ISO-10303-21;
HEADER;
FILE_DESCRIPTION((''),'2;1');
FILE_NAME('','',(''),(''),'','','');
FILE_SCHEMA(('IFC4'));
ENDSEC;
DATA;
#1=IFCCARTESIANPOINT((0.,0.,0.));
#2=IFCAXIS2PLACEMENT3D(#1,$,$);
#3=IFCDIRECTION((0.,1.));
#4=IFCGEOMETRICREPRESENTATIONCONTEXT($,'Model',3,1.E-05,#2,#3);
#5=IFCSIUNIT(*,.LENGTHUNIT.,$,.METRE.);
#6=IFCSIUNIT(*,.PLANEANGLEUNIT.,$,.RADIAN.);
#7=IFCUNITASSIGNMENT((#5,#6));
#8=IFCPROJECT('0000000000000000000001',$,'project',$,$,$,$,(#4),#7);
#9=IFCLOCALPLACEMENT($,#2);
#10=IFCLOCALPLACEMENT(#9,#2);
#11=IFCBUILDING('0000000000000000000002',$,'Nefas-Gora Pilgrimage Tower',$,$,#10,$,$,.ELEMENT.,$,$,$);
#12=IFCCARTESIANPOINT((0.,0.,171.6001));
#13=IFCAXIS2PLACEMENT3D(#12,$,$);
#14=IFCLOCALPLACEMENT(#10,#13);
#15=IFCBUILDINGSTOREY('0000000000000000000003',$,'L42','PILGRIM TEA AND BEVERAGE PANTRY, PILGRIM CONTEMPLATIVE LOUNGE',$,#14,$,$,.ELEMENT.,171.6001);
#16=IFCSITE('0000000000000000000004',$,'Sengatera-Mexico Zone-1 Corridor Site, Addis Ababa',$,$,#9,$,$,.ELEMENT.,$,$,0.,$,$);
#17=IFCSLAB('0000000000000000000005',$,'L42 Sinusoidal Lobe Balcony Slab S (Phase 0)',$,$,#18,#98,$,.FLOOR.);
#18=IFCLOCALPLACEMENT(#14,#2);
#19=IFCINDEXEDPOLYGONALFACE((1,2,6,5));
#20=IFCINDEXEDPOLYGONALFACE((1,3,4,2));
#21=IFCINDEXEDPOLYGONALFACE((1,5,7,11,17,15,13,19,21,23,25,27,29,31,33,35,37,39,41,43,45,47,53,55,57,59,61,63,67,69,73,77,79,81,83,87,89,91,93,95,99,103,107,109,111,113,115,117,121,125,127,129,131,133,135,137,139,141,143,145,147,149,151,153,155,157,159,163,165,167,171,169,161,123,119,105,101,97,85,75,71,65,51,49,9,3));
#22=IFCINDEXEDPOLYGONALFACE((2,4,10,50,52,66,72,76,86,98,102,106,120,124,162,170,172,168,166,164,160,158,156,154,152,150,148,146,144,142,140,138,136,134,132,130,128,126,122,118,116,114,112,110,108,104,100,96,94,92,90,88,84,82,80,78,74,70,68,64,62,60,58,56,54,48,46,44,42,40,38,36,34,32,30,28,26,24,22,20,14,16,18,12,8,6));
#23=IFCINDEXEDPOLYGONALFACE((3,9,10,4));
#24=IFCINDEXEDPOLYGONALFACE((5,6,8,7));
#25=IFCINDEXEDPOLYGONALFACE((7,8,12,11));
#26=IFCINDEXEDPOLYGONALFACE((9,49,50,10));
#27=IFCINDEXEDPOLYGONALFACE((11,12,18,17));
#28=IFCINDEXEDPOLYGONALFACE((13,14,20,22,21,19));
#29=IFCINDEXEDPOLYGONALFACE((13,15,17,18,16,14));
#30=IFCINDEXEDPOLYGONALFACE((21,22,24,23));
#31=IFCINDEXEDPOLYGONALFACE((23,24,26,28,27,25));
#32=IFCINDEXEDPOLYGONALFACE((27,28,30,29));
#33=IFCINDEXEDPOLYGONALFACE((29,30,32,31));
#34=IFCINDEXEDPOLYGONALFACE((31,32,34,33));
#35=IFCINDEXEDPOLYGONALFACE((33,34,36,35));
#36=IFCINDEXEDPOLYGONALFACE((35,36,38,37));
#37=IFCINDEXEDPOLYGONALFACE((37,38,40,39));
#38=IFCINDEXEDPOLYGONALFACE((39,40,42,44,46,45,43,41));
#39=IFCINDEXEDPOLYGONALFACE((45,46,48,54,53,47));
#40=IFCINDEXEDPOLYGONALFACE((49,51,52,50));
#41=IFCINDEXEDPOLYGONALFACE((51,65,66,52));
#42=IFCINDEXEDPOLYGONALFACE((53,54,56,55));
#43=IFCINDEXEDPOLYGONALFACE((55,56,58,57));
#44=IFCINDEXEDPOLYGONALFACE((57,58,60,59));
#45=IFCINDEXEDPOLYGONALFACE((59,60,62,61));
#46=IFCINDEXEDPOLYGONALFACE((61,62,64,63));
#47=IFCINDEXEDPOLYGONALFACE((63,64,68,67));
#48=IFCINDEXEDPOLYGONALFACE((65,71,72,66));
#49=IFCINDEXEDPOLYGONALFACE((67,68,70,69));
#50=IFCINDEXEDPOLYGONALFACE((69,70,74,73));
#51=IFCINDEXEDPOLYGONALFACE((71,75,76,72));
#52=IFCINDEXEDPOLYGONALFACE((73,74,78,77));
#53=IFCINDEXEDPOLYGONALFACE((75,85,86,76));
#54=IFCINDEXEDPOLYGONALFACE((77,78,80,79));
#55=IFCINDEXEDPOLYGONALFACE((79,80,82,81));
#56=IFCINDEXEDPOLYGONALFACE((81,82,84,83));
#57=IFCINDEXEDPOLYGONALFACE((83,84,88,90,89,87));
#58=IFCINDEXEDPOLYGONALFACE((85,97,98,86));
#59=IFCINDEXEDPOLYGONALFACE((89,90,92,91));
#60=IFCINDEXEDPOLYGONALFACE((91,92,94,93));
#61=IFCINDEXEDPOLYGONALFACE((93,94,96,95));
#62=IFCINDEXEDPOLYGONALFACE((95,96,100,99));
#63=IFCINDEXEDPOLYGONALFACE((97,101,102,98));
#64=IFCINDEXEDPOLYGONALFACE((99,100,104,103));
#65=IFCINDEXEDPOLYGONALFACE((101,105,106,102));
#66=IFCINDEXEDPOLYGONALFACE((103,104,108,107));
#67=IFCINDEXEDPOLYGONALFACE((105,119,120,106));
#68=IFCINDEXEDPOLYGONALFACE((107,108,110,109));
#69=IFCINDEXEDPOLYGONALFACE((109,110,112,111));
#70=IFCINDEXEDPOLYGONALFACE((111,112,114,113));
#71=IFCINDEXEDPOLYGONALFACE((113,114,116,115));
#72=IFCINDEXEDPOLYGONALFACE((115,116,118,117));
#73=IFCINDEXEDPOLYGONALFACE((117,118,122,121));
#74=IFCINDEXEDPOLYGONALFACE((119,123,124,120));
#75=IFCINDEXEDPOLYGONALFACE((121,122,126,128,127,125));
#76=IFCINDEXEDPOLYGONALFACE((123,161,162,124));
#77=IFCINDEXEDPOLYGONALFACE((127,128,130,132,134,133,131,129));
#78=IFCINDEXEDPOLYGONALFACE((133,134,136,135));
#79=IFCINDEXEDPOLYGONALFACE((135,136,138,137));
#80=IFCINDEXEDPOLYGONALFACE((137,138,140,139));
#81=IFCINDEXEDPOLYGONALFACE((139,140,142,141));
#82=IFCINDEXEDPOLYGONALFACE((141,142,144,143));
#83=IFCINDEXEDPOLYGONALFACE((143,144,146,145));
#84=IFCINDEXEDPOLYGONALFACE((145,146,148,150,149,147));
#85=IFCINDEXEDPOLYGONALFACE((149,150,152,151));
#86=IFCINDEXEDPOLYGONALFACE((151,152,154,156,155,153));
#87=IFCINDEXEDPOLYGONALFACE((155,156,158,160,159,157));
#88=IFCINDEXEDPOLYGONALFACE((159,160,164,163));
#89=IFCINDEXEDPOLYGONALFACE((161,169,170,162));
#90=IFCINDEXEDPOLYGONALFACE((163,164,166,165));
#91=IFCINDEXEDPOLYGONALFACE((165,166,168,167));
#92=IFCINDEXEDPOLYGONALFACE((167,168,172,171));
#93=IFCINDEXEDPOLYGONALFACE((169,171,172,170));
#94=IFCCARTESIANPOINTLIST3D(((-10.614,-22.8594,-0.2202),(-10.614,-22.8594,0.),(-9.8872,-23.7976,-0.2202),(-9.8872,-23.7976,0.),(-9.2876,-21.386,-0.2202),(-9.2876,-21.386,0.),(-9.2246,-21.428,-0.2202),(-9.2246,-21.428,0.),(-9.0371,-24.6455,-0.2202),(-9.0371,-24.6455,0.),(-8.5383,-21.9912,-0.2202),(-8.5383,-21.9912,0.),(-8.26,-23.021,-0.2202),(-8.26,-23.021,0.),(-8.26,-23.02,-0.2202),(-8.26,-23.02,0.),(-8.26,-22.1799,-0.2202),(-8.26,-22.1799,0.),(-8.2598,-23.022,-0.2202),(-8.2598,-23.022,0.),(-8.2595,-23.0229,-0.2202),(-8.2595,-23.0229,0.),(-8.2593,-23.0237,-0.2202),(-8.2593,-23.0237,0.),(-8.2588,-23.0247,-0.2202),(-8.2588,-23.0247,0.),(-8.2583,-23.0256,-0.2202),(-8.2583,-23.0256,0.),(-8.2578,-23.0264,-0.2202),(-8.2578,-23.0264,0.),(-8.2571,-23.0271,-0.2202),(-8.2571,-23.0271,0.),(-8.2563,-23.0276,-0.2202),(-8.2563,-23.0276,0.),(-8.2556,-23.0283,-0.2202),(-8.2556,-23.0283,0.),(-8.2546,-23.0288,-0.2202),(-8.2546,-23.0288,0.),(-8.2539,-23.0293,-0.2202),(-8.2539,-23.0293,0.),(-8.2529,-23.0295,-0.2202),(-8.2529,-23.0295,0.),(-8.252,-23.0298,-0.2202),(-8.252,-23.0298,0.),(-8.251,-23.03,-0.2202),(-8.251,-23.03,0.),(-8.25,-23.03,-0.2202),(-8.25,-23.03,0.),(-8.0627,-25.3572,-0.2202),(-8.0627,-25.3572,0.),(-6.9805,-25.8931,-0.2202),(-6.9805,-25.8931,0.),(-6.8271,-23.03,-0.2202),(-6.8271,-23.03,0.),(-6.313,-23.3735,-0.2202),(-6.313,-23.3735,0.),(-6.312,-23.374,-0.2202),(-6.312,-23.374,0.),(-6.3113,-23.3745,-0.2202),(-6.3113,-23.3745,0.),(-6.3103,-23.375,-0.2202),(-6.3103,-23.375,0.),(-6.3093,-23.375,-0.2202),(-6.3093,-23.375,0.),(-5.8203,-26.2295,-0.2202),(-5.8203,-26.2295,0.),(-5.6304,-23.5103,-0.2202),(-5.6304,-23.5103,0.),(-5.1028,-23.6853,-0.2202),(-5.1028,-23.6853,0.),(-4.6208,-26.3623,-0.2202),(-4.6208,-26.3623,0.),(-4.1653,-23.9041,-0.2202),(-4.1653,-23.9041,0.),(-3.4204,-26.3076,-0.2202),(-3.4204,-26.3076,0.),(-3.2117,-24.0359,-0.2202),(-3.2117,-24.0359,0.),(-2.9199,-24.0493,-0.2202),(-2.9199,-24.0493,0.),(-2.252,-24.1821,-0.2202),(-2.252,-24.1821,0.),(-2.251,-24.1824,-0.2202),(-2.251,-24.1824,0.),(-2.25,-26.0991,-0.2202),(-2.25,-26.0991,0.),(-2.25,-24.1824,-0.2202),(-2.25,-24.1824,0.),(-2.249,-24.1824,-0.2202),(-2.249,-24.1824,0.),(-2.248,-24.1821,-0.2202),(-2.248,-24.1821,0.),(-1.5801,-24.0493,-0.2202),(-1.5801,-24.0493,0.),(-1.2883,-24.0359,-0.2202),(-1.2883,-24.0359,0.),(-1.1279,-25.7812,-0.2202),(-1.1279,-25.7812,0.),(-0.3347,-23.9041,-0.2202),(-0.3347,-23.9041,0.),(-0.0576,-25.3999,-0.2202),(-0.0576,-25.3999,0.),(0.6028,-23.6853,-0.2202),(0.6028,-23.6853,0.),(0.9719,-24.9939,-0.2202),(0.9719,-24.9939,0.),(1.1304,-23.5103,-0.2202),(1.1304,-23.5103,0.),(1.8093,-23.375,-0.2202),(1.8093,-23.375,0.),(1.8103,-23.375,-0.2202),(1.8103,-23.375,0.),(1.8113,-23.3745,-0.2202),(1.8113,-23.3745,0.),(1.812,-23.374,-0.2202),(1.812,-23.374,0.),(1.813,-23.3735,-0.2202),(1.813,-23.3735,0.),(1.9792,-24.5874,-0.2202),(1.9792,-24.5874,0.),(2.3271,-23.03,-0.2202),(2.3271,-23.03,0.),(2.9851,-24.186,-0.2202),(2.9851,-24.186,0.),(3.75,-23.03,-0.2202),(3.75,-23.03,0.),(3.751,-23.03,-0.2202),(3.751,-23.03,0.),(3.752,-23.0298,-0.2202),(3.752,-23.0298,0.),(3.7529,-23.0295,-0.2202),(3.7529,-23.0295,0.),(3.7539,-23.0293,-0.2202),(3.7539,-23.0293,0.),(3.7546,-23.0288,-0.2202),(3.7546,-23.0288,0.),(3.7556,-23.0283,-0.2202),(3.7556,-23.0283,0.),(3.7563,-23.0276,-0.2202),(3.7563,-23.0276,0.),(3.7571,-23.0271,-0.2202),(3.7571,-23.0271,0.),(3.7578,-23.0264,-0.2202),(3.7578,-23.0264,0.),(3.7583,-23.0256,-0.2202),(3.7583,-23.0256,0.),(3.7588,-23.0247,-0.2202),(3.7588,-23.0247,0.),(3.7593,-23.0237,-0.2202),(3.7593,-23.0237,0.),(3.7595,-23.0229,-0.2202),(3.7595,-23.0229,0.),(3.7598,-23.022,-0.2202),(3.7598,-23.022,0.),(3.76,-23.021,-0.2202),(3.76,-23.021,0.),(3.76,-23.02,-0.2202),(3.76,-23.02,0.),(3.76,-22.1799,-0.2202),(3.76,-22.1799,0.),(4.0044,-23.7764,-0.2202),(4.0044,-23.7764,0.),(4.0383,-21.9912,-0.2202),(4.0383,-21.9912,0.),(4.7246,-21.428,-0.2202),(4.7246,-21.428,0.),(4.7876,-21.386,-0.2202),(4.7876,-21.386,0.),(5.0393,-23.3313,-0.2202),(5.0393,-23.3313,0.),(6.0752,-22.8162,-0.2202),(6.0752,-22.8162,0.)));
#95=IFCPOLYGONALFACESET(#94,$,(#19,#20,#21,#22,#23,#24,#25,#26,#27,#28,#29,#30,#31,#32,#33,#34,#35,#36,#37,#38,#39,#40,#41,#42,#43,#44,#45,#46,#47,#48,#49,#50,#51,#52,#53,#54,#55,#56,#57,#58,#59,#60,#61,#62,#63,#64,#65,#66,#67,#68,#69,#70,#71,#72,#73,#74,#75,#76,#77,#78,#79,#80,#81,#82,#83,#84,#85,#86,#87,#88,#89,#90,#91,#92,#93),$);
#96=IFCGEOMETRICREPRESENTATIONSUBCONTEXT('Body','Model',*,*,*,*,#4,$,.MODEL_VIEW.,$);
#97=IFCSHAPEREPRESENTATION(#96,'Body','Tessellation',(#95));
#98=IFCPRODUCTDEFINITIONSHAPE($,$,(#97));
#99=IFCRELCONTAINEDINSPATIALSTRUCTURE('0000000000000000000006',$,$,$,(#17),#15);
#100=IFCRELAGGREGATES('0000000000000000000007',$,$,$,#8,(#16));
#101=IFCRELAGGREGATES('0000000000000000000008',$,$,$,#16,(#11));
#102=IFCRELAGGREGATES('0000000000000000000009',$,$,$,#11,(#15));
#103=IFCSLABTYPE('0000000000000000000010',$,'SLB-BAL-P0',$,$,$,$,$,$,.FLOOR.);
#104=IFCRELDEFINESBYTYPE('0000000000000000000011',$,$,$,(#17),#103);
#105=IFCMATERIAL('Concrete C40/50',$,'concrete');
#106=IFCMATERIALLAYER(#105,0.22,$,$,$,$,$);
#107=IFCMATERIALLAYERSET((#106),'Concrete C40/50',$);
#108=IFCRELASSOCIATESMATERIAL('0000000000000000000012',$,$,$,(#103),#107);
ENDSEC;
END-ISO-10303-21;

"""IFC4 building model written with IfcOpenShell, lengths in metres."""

from ifc_helpers import new_model, si_unit, direction, frame, origin, place, context, subcontext, project, spatial, polyline, outline, extrude, material, layer, layer_set, type_object, element, save


model = new_model("IFC4")

# Units and contexts
model_context = context("Model", 3, precision=1e-05, world=origin(), true_north=direction((0.0, 1.0)))
body_context = subcontext(model_context, "Body", "Model", "MODEL_VIEW")
ifc_project = project(units=[si_unit("LENGTHUNIT", "METRE"), si_unit("PLANEANGLEUNIT", "RADIAN")], contexts=[model_context])

# Site, building, storey
site_placement = place(None, origin())
site = spatial("IfcSite", under=ifc_project, at=site_placement, Name="Sengatera-Mexico Zone-1 Corridor Site, Addis Ababa", CompositionType="ELEMENT", RefElevation=0.0)
building_placement = place(site_placement, origin())
building = spatial("IfcBuilding", under=site, at=building_placement, Name="Nefas-Gora Pilgrimage Tower", CompositionType="ELEMENT")
storey_placement = place(building_placement, frame((0.0, 0.0, 171.6001)))
storey = spatial("IfcBuildingStorey", under=building, at=storey_placement, Name="L42", Description="PILGRIM TEA AND BEVERAGE PANTRY, PILGRIM CONTEMPLATIVE LOUNGE", CompositionType="ELEMENT", Elevation=171.6001)

# Slab
ifc_material_1 = material(Name="Concrete C40/50", Category="concrete")
ifc_layer_1 = layer(ifc_material_1, 0.22)
ifc_layer_set_1 = layer_set([ifc_layer_1], Name="Concrete C40/50")
slab_type_1 = type_object("IfcSlabType", Name="SLB-BAL-P0", PredefinedType="FLOOR", material=ifc_layer_set_1)
slab_1_placement = place(storey_placement, frame((0.0, 0.0, -0.2202)))
element("IfcSlab", 1, at=slab_1_placement, inside=storey, type_object=slab_type_1, Name="L42 Sinusoidal Lobe Balcony Slab S (Phase 0)", PredefinedType="FLOOR", context=body_context, shape_type="SweptSolid", body=[
    extrude(outline(polyline([(4.7876, -21.386), (4.7246, -21.428), (4.0383, -21.9912), (3.76, -22.1799), (3.76, -23.02), (3.76, -23.021), (3.7598, -23.022), (3.7595, -23.0229), (3.7593, -23.0237), (3.7588, -23.0247), (3.7583, -23.0256), (3.7578, -23.0264), (3.7571, -23.0271), (3.7563, -23.0276), (3.7556, -23.0283), (3.7546, -23.0288), (3.7539, -23.0293), (3.7529, -23.0295), (3.752, -23.0298), (3.751, -23.03), (3.75, -23.03), (2.3271, -23.03), (1.813, -23.3735), (1.812, -23.374), (1.8113, -23.3745), (1.8103, -23.375), (1.8093, -23.375), (1.1304, -23.5103), (0.6028, -23.6853), (-0.3347, -23.9041), (-1.2883, -24.0359), (-1.5801, -24.0493), (-2.248, -24.1821), (-2.249, -24.1824), (-2.25, -24.1824), (-2.251, -24.1824), (-2.252, -24.1821), (-2.9199, -24.0493), (-3.2117, -24.0359), (-4.1653, -23.9041), (-5.1028, -23.6853), (-5.6304, -23.5103), (-6.3093, -23.375), (-6.3103, -23.375), (-6.3113, -23.3745), (-6.312, -23.374), (-6.313, -23.3735), (-6.8271, -23.03), (-8.25, -23.03), (-8.251, -23.03), (-8.252, -23.0298), (-8.2529, -23.0295), (-8.2539, -23.0293), (-8.2546, -23.0288), (-8.2556, -23.0283), (-8.2563, -23.0276), (-8.2571, -23.0271), (-8.2578, -23.0264), (-8.2583, -23.0256), (-8.2588, -23.0247), (-8.2593, -23.0237), (-8.2595, -23.0229), (-8.2598, -23.022), (-8.26, -23.021), (-8.26, -23.02), (-8.26, -22.1799), (-8.5383, -21.9912), (-9.2246, -21.428), (-9.2876, -21.386), (-10.614, -22.8594), (-9.8872, -23.7976), (-9.0371, -24.6455), (-8.0627, -25.3572), (-6.9805, -25.8931), (-5.8203, -26.2295), (-4.6208, -26.3623), (-3.4204, -26.3076), (-2.25, -26.0991), (-1.1279, -25.7812), (-0.0576, -25.3999), (0.9719, -24.9939), (1.9792, -24.5874), (2.9851, -24.186), (4.0044, -23.7764), (5.0393, -23.3313), (6.0752, -22.8162), (4.7876, -21.386)])), origin(), (0.0, 0.0, 1.0), 0.2202),
])

save(model, "model.ifc")
